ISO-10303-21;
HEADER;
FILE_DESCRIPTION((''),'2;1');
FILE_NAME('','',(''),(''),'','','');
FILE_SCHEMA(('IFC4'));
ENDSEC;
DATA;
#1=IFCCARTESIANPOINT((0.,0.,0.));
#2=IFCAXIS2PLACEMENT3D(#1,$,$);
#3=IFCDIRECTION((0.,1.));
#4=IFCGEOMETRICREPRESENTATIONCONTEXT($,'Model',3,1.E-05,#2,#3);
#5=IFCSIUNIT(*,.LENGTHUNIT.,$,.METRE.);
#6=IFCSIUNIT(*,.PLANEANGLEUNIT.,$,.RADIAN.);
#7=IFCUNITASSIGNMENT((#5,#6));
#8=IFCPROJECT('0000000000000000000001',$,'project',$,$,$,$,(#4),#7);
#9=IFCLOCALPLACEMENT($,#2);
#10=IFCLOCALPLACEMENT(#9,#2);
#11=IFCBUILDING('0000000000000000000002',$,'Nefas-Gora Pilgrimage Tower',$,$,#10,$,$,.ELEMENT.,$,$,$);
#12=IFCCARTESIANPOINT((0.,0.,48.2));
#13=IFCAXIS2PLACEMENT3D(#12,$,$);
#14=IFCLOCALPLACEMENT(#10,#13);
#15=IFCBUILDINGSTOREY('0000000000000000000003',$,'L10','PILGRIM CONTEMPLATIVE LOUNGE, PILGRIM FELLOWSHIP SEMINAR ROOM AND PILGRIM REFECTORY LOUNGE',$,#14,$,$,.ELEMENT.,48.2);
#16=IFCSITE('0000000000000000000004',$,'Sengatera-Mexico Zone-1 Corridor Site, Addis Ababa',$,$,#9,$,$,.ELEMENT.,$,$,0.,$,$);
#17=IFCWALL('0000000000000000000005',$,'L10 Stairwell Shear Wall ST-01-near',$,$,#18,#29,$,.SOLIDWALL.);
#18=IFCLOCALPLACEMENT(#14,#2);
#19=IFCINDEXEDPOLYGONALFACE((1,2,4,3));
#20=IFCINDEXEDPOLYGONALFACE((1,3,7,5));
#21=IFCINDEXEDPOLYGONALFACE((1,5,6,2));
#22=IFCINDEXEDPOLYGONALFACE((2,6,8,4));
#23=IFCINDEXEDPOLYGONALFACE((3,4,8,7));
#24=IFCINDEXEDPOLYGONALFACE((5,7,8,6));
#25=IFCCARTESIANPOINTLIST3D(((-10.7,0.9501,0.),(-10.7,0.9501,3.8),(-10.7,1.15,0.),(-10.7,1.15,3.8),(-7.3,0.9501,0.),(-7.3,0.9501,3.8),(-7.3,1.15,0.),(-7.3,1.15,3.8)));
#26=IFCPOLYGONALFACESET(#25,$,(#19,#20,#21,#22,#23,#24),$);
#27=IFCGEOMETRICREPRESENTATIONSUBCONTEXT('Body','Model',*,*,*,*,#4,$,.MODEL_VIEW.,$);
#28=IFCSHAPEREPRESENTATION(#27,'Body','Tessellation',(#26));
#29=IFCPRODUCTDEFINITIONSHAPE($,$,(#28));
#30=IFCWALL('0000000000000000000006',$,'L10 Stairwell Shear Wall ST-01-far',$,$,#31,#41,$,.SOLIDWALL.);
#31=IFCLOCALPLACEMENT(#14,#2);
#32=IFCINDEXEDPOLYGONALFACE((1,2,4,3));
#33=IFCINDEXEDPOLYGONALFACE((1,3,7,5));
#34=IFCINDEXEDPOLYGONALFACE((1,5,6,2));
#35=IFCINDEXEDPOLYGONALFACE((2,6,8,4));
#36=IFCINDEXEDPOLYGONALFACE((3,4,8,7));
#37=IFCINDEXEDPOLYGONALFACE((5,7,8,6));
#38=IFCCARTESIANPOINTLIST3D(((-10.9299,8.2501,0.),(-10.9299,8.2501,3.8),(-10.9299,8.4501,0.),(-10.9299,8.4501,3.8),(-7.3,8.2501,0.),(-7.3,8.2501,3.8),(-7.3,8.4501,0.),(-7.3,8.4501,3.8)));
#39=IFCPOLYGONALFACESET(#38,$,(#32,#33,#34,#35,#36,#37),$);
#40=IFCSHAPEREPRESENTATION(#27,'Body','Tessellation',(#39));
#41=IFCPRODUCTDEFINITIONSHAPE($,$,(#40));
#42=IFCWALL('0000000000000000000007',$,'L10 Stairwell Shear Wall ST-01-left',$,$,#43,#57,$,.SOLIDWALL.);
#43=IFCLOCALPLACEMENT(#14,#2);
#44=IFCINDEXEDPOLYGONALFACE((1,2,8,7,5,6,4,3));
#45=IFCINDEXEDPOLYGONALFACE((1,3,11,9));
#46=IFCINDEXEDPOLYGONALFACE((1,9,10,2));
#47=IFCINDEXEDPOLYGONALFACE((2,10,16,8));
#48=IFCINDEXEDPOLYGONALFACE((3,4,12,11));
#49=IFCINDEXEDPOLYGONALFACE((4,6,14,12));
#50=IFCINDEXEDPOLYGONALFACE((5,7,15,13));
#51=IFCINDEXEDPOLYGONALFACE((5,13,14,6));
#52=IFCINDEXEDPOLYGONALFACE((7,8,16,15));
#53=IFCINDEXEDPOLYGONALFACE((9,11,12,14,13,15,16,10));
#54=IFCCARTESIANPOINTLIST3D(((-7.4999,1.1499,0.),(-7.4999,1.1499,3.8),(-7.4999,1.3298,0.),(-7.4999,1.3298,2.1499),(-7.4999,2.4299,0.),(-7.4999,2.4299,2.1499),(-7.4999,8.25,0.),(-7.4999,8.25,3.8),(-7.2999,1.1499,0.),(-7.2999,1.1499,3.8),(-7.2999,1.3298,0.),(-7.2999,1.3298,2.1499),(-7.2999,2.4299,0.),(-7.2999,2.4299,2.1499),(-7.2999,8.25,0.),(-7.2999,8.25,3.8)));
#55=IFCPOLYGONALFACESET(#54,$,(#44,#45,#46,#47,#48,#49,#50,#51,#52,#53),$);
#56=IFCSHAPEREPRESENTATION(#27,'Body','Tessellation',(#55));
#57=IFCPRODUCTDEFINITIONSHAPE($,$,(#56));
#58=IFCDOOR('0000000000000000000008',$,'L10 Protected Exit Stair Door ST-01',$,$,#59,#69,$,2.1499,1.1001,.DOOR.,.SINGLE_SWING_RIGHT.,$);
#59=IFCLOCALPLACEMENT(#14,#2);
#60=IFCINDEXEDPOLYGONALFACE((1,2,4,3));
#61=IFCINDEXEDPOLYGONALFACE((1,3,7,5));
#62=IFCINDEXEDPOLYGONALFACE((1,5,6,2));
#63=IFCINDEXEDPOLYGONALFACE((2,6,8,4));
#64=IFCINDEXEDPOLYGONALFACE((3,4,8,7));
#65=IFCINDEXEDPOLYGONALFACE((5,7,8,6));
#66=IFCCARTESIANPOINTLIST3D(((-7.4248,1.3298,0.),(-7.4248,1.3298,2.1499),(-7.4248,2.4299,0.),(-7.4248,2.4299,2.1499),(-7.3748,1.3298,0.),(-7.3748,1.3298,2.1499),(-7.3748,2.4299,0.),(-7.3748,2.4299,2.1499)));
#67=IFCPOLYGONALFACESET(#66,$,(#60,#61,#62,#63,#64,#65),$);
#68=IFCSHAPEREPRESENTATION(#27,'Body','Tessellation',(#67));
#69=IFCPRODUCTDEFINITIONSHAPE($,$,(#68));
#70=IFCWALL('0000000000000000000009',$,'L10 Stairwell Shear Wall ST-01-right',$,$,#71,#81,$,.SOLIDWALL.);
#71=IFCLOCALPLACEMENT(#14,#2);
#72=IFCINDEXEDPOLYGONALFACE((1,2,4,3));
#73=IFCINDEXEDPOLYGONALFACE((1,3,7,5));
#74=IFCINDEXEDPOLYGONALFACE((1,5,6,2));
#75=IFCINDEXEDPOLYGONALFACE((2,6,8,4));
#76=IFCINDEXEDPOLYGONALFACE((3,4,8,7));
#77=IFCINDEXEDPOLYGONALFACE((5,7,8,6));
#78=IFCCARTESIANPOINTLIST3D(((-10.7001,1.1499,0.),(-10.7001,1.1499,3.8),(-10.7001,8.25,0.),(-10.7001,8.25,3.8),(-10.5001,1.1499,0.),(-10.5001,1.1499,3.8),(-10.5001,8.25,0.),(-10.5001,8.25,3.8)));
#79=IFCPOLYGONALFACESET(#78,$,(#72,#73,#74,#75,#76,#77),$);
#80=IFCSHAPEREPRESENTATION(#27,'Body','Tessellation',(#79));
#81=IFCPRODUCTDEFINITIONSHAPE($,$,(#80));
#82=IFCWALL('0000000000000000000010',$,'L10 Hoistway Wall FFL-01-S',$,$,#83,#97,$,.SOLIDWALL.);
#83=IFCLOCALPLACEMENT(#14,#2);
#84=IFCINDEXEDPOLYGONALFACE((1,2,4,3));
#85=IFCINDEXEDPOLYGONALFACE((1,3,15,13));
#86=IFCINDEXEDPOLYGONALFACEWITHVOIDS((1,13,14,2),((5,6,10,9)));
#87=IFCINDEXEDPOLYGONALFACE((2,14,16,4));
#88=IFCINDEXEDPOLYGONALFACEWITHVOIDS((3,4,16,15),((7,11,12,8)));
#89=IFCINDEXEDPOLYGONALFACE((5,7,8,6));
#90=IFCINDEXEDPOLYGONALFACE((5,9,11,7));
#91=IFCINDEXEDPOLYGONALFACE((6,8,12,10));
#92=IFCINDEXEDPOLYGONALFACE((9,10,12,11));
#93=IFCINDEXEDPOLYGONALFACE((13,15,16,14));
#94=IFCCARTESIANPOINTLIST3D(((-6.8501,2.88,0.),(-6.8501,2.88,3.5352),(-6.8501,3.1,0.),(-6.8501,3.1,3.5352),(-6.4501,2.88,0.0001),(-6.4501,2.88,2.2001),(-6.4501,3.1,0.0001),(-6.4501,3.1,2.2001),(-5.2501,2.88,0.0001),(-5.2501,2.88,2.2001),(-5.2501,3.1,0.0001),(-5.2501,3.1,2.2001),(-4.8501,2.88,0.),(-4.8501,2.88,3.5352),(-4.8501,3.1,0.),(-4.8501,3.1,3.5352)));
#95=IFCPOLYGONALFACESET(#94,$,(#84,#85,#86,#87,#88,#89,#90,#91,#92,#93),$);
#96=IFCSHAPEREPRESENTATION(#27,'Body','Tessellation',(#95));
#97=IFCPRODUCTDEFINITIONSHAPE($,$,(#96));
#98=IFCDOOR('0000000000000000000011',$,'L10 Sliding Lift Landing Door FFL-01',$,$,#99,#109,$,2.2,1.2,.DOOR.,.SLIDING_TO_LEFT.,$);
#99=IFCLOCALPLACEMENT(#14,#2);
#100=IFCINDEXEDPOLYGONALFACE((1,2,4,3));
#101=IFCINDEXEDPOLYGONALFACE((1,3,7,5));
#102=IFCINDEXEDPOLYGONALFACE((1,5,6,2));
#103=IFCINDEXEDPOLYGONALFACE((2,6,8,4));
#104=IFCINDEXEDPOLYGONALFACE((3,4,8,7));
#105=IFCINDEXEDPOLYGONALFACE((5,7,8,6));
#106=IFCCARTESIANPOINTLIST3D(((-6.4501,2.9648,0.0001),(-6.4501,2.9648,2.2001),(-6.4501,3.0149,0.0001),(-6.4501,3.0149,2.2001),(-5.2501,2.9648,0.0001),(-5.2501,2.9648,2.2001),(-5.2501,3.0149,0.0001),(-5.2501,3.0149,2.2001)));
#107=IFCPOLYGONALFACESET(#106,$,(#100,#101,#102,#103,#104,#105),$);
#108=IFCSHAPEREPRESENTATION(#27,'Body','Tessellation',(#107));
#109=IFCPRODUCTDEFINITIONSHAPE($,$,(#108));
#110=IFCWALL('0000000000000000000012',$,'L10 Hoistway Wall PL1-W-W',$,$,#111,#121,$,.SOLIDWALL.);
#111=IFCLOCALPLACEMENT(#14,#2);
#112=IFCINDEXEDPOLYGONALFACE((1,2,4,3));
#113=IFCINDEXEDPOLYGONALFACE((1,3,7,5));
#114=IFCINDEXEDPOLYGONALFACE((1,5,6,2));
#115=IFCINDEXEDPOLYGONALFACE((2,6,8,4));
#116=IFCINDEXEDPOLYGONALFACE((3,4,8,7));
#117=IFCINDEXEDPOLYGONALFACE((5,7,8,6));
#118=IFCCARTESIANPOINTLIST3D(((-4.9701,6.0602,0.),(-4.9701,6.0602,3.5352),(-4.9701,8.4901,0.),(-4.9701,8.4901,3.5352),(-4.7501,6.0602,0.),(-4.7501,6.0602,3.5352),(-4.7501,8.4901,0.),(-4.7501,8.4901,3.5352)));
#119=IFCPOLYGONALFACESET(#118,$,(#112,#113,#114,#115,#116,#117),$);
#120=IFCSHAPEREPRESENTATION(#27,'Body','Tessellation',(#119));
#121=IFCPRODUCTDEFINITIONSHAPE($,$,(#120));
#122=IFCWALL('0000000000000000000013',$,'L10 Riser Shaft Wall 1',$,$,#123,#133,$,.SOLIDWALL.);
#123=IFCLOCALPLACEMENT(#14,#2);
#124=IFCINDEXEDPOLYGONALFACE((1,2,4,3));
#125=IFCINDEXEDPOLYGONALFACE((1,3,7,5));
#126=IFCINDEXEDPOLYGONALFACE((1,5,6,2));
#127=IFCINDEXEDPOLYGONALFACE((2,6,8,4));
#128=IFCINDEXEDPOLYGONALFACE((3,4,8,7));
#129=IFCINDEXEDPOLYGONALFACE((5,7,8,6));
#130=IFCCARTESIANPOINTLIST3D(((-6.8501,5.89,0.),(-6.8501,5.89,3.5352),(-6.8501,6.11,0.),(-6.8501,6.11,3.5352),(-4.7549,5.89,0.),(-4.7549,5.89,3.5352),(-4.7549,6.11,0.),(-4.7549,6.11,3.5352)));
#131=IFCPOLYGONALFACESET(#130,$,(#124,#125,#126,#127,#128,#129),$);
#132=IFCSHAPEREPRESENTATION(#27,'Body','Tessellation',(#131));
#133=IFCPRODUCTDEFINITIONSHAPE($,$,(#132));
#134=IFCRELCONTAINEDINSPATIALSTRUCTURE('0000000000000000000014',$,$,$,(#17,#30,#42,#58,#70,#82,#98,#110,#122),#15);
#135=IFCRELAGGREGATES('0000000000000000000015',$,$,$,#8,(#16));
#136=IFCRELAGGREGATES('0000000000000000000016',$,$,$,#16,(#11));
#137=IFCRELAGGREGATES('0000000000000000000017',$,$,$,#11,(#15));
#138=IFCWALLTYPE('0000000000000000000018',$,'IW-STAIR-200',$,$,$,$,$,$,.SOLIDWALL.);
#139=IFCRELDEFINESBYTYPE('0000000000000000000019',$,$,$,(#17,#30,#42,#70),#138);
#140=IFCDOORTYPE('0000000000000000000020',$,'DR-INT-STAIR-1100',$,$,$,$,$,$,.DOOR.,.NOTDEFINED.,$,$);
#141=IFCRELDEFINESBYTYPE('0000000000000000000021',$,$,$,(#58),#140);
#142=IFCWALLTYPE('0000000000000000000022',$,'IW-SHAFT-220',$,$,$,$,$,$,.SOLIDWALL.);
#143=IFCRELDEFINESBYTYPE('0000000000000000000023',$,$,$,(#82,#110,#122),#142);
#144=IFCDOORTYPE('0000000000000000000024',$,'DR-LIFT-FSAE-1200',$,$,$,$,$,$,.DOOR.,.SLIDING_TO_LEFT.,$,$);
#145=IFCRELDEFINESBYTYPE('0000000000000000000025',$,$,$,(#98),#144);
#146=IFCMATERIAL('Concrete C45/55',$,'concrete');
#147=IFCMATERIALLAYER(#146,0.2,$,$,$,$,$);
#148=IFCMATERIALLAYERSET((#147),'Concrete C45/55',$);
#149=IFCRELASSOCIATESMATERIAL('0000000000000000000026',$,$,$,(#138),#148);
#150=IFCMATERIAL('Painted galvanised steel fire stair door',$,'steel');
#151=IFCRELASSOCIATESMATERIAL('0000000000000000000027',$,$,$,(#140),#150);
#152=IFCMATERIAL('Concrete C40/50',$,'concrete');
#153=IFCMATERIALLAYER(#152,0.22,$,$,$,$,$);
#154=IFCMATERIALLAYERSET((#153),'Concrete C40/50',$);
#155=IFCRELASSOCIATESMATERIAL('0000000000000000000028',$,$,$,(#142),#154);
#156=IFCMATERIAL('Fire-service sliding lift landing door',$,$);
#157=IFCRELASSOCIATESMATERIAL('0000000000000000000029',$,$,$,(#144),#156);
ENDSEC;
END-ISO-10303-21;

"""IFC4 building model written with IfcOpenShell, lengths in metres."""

from ifc_helpers import new_model, si_unit, direction, frame, frame_2d, origin, place, context, subcontext, project, spatial, rectangle, extrude, source, transform, mapped, material, layer, layer_set, type_object, element, fill, save


model = new_model("IFC4")

# Units and contexts
model_context = context("Model", 3, precision=1e-05, world=origin(), true_north=direction((0.0, 1.0)))
body_context = subcontext(model_context, "Body", "Model", "MODEL_VIEW")
ifc_project = project(units=[si_unit("LENGTHUNIT", "METRE"), si_unit("PLANEANGLEUNIT", "RADIAN")], contexts=[model_context])

# Site, building, storey
site_placement = place(None, origin())
site = spatial("IfcSite", under=ifc_project, at=site_placement, Name="Sengatera-Mexico Zone-1 Corridor Site, Addis Ababa", CompositionType="ELEMENT", RefElevation=0.0)
building_placement = place(site_placement, origin())
building = spatial("IfcBuilding", under=site, at=building_placement, Name="Nefas-Gora Pilgrimage Tower", CompositionType="ELEMENT")
storey_placement = place(building_placement, frame((0.0, 0.0, 48.2)))
storey = spatial("IfcBuildingStorey", under=building, at=storey_placement, Name="L10", Description="PILGRIM CONTEMPLATIVE LOUNGE, PILGRIM FELLOWSHIP SEMINAR ROOM AND PILGRIM REFECTORY LOUNGE", CompositionType="ELEMENT", Elevation=48.2)

# Walls
ifc_material_1 = material(Name="Concrete C45/55", Category="concrete")
ifc_layer_1 = layer(ifc_material_1, 0.2)
ifc_layer_set_1 = layer_set([ifc_layer_1], Name="Concrete C45/55")
wall_type_1 = type_object("IfcWallType", Name="IW-STAIR-200", PredefinedType="SOLIDWALL", material=ifc_layer_set_1)
shared_shape_1 = source(origin(), body_context, "Body", "SweptSolid", [
    extrude(rectangle(XDim=3.3999, YDim=0.2, at=frame_2d((1.7, 0.0))), origin(), (0.0, 0.0, 1.0), 3.8),
])
wall_1_placement = place(storey_placement, frame((-7.3, 1.05, 0.0), z_axis=(0.0, 0.0, 1.0), x_axis=(-1.0, 0.0, 0.0)))
element("IfcWall", 1, at=wall_1_placement, inside=storey, type_object=wall_type_1, Name="L10 Stairwell Shear Wall ST-01-near", PredefinedType="SOLIDWALL", context=body_context, shape_type="MappedRepresentation", body=[
    mapped(shared_shape_1, transform((0.0, 0.0, 0.0), x_axis=(1.0, 0.0, 0.0), y_axis=(0.0, 1.0, 0.0), z_axis=(0.0, 0.0, 1.0), scale=1.0)),
])
shared_shape_2 = source(origin(), body_context, "Body", "SweptSolid", [
    extrude(rectangle(XDim=3.6299, YDim=0.2, at=frame_2d((1.8149, 0.0))), origin(), (0.0, 0.0, 1.0), 3.8),
])
wall_2_placement = place(storey_placement, frame((-7.3, 8.3501, 0.0), z_axis=(0.0, 0.0, 1.0), x_axis=(-1.0, 0.0, 0.0)))
element("IfcWall", 2, at=wall_2_placement, inside=storey, type_object=wall_type_1, Name="L10 Stairwell Shear Wall ST-01-far", PredefinedType="SOLIDWALL", context=body_context, shape_type="MappedRepresentation", body=[
    mapped(shared_shape_2, transform((0.0, 0.0, 0.0), x_axis=(1.0, 0.0, 0.0), y_axis=(0.0, 1.0, 0.0), z_axis=(0.0, 0.0, 1.0), scale=1.0)),
])

# Wall, opening, door
shared_shape_3 = source(origin(), body_context, "Body", "SweptSolid", [
    extrude(rectangle(XDim=7.1001, YDim=0.2, at=frame_2d((3.55, 0.0))), origin(), (0.0, 0.0, 1.0), 3.8),
])
wall_3_placement = place(storey_placement, frame((-7.3999, 1.1499, 0.0), z_axis=(0.0, 0.0, 1.0), x_axis=(0.0, 1.0, 0.0)))
wall_3 = element("IfcWall", 3, at=wall_3_placement, inside=storey, type_object=wall_type_1, Name="L10 Stairwell Shear Wall ST-01-left", PredefinedType="SOLIDWALL", context=body_context, shape_type="MappedRepresentation", body=[
    mapped(shared_shape_3, transform((0.0, 0.0, 0.0), x_axis=(1.0, 0.0, 0.0), y_axis=(0.0, 1.0, 0.0), z_axis=(0.0, 0.0, 1.0), scale=1.0)),
])
opening_1_placement = place(wall_3_placement, frame((0.1799, 0.0, 0.0)))
opening_1 = element("IfcOpeningElement", 4, at=opening_1_placement, cuts=wall_3, PredefinedType="OPENING", context=body_context, shape_type="SweptSolid", body=[
    extrude(rectangle(XDim=1.1001, YDim=2.1499, at=frame_2d((0.55, 1.075))), frame((0.0, 0.1099, 0.0), z_axis=(0.0, -1.0, 0.0), x_axis=(1.0, 0.0, 0.0)), (0.0, 0.0, 1.0), 0.22),
])
ifc_material_2 = material(Name="Painted galvanised steel fire stair door", Category="steel")
door_type_1 = type_object("IfcDoorType", Name="DR-INT-STAIR-1100", OperationType="NOTDEFINED", PredefinedType="DOOR", material=ifc_material_2)
shared_shape_4 = source(origin(), body_context, "Body", "SweptSolid", [
    extrude(rectangle(XDim=1.1001, YDim=2.1499, at=frame_2d((0.55, 1.075))), frame((0.0, 0.0249, 0.0), z_axis=(0.0, -1.0, 0.0), x_axis=(1.0, 0.0, 0.0)), (0.0, 0.0, 1.0), 0.05),
])
door_1_placement = place(opening_1_placement, origin())
door_1 = element("IfcDoor", 5, at=door_1_placement, inside=storey, type_object=door_type_1, Name="L10 Protected Exit Stair Door ST-01", OperationType="SINGLE_SWING_RIGHT", OverallHeight=2.1499, OverallWidth=1.1001, PredefinedType="DOOR", context=body_context, shape_type="MappedRepresentation", body=[
    mapped(shared_shape_4, transform((0.0, 0.0, 0.0), x_axis=(1.0, 0.0, 0.0), y_axis=(0.0, 1.0, 0.0), z_axis=(0.0, 0.0, 1.0), scale=1.0)),
])
fill(opening_1, door_1)

# Wall
wall_4_placement = place(storey_placement, frame((-10.6001, 1.1499, 0.0), z_axis=(0.0, 0.0, 1.0), x_axis=(0.0, 1.0, 0.0)))
element("IfcWall", 6, at=wall_4_placement, inside=storey, type_object=wall_type_1, Name="L10 Stairwell Shear Wall ST-01-right", PredefinedType="SOLIDWALL", context=body_context, shape_type="MappedRepresentation", body=[
    mapped(shared_shape_3, transform((0.0, 0.0, 0.0), x_axis=(1.0, 0.0, 0.0), y_axis=(0.0, 1.0, 0.0), z_axis=(0.0, 0.0, 1.0), scale=1.0)),
])

# Wall, opening, door
ifc_material_3 = material(Name="Concrete C40/50", Category="concrete")
ifc_layer_2 = layer(ifc_material_3, 0.22)
ifc_layer_set_2 = layer_set([ifc_layer_2], Name="Concrete C40/50")
wall_type_2 = type_object("IfcWallType", Name="IW-SHAFT-220", PredefinedType="SOLIDWALL", material=ifc_layer_set_2)
shared_shape_5 = source(origin(), body_context, "Body", "SweptSolid", [
    extrude(rectangle(XDim=2.0, YDim=0.22, at=frame_2d((1.0, 0.0))), origin(), (0.0, 0.0, 1.0), 3.5352),
])
wall_5_placement = place(storey_placement, frame((-6.8501, 2.99, 0.0), z_axis=(0.0, 0.0, 1.0), x_axis=(1.0, 0.0, 0.0)))
wall_5 = element("IfcWall", 7, at=wall_5_placement, inside=storey, type_object=wall_type_2, Name="L10 Hoistway Wall FFL-01-S", PredefinedType="SOLIDWALL", context=body_context, shape_type="MappedRepresentation", body=[
    mapped(shared_shape_5, transform((0.0, 0.0, 0.0), x_axis=(1.0, 0.0, 0.0), y_axis=(0.0, 1.0, 0.0), z_axis=(0.0, 0.0, 1.0), scale=1.0)),
])
opening_2_placement = place(wall_5_placement, frame((0.3999, 0.0, 0.0)))
opening_2 = element("IfcOpeningElement", 8, at=opening_2_placement, cuts=wall_5, PredefinedType="OPENING", context=body_context, shape_type="SweptSolid", body=[
    extrude(rectangle(XDim=1.2, YDim=2.2, at=frame_2d((0.6001, 1.1001))), frame((0.0, 0.1199, 0.0), z_axis=(0.0, -1.0, 0.0), x_axis=(1.0, 0.0, 0.0)), (0.0, 0.0, 1.0), 0.24),
])
ifc_material_4 = material(Name="Fire-service sliding lift landing door")
door_type_2 = type_object("IfcDoorType", Name="DR-LIFT-FSAE-1200", OperationType="SLIDING_TO_LEFT", PredefinedType="DOOR", material=ifc_material_4)
shared_shape_6 = source(origin(), body_context, "Body", "SweptSolid", [
    extrude(rectangle(XDim=1.2, YDim=2.2, at=frame_2d((0.6001, 1.1001))), frame((0.0, 0.0249, 0.0), z_axis=(0.0, -1.0, 0.0), x_axis=(1.0, 0.0, 0.0)), (0.0, 0.0, 1.0), 0.05),
])
door_2_placement = place(opening_2_placement, origin())
door_2 = element("IfcDoor", 9, at=door_2_placement, inside=storey, type_object=door_type_2, Name="L10 Sliding Lift Landing Door FFL-01", OperationType="SLIDING_TO_LEFT", OverallHeight=2.2, OverallWidth=1.2, PredefinedType="DOOR", context=body_context, shape_type="MappedRepresentation", body=[
    mapped(shared_shape_6, transform((0.0, 0.0, 0.0), x_axis=(1.0, 0.0, 0.0), y_axis=(0.0, 1.0, 0.0), z_axis=(0.0, 0.0, 1.0), scale=1.0)),
])
fill(opening_2, door_2)

# Walls
shared_shape_7 = source(origin(), body_context, "Body", "SweptSolid", [
    extrude(rectangle(XDim=2.4299, YDim=0.22, at=frame_2d((1.2148, 0.0))), origin(), (0.0, 0.0, 1.0), 3.5352),
])
wall_6_placement = place(storey_placement, frame((-4.8601, 8.49, 0.0), z_axis=(0.0, 0.0, 1.0), x_axis=(0.0, -1.0, 0.0)))
element("IfcWall", 10, at=wall_6_placement, inside=storey, type_object=wall_type_2, Name="L10 Hoistway Wall PL1-W-W", PredefinedType="SOLIDWALL", context=body_context, shape_type="MappedRepresentation", body=[
    mapped(shared_shape_7, transform((0.0, 0.0, 0.0), x_axis=(1.0, 0.0, 0.0), y_axis=(0.0, 1.0, 0.0), z_axis=(0.0, 0.0, 1.0), scale=1.0)),
])
shared_shape_8 = source(origin(), body_context, "Body", "SweptSolid", [
    extrude(rectangle(XDim=2.0952, YDim=0.22, at=frame_2d((1.0476, 0.0))), origin(), (0.0, 0.0, 1.0), 3.5352),
])
wall_7_placement = place(storey_placement, frame((-6.8501, 6.0, 0.0), z_axis=(0.0, 0.0, 1.0), x_axis=(1.0, 0.0, 0.0)))
element("IfcWall", 11, at=wall_7_placement, inside=storey, type_object=wall_type_2, Name="L10 Riser Shaft Wall 1", PredefinedType="SOLIDWALL", context=body_context, shape_type="MappedRepresentation", body=[
    mapped(shared_shape_8, transform((0.0, 0.0, 0.0), x_axis=(1.0, 0.0, 0.0), y_axis=(0.0, 1.0, 0.0), z_axis=(0.0, 0.0, 1.0), scale=1.0)),
])

save(model, "model.ifc")
